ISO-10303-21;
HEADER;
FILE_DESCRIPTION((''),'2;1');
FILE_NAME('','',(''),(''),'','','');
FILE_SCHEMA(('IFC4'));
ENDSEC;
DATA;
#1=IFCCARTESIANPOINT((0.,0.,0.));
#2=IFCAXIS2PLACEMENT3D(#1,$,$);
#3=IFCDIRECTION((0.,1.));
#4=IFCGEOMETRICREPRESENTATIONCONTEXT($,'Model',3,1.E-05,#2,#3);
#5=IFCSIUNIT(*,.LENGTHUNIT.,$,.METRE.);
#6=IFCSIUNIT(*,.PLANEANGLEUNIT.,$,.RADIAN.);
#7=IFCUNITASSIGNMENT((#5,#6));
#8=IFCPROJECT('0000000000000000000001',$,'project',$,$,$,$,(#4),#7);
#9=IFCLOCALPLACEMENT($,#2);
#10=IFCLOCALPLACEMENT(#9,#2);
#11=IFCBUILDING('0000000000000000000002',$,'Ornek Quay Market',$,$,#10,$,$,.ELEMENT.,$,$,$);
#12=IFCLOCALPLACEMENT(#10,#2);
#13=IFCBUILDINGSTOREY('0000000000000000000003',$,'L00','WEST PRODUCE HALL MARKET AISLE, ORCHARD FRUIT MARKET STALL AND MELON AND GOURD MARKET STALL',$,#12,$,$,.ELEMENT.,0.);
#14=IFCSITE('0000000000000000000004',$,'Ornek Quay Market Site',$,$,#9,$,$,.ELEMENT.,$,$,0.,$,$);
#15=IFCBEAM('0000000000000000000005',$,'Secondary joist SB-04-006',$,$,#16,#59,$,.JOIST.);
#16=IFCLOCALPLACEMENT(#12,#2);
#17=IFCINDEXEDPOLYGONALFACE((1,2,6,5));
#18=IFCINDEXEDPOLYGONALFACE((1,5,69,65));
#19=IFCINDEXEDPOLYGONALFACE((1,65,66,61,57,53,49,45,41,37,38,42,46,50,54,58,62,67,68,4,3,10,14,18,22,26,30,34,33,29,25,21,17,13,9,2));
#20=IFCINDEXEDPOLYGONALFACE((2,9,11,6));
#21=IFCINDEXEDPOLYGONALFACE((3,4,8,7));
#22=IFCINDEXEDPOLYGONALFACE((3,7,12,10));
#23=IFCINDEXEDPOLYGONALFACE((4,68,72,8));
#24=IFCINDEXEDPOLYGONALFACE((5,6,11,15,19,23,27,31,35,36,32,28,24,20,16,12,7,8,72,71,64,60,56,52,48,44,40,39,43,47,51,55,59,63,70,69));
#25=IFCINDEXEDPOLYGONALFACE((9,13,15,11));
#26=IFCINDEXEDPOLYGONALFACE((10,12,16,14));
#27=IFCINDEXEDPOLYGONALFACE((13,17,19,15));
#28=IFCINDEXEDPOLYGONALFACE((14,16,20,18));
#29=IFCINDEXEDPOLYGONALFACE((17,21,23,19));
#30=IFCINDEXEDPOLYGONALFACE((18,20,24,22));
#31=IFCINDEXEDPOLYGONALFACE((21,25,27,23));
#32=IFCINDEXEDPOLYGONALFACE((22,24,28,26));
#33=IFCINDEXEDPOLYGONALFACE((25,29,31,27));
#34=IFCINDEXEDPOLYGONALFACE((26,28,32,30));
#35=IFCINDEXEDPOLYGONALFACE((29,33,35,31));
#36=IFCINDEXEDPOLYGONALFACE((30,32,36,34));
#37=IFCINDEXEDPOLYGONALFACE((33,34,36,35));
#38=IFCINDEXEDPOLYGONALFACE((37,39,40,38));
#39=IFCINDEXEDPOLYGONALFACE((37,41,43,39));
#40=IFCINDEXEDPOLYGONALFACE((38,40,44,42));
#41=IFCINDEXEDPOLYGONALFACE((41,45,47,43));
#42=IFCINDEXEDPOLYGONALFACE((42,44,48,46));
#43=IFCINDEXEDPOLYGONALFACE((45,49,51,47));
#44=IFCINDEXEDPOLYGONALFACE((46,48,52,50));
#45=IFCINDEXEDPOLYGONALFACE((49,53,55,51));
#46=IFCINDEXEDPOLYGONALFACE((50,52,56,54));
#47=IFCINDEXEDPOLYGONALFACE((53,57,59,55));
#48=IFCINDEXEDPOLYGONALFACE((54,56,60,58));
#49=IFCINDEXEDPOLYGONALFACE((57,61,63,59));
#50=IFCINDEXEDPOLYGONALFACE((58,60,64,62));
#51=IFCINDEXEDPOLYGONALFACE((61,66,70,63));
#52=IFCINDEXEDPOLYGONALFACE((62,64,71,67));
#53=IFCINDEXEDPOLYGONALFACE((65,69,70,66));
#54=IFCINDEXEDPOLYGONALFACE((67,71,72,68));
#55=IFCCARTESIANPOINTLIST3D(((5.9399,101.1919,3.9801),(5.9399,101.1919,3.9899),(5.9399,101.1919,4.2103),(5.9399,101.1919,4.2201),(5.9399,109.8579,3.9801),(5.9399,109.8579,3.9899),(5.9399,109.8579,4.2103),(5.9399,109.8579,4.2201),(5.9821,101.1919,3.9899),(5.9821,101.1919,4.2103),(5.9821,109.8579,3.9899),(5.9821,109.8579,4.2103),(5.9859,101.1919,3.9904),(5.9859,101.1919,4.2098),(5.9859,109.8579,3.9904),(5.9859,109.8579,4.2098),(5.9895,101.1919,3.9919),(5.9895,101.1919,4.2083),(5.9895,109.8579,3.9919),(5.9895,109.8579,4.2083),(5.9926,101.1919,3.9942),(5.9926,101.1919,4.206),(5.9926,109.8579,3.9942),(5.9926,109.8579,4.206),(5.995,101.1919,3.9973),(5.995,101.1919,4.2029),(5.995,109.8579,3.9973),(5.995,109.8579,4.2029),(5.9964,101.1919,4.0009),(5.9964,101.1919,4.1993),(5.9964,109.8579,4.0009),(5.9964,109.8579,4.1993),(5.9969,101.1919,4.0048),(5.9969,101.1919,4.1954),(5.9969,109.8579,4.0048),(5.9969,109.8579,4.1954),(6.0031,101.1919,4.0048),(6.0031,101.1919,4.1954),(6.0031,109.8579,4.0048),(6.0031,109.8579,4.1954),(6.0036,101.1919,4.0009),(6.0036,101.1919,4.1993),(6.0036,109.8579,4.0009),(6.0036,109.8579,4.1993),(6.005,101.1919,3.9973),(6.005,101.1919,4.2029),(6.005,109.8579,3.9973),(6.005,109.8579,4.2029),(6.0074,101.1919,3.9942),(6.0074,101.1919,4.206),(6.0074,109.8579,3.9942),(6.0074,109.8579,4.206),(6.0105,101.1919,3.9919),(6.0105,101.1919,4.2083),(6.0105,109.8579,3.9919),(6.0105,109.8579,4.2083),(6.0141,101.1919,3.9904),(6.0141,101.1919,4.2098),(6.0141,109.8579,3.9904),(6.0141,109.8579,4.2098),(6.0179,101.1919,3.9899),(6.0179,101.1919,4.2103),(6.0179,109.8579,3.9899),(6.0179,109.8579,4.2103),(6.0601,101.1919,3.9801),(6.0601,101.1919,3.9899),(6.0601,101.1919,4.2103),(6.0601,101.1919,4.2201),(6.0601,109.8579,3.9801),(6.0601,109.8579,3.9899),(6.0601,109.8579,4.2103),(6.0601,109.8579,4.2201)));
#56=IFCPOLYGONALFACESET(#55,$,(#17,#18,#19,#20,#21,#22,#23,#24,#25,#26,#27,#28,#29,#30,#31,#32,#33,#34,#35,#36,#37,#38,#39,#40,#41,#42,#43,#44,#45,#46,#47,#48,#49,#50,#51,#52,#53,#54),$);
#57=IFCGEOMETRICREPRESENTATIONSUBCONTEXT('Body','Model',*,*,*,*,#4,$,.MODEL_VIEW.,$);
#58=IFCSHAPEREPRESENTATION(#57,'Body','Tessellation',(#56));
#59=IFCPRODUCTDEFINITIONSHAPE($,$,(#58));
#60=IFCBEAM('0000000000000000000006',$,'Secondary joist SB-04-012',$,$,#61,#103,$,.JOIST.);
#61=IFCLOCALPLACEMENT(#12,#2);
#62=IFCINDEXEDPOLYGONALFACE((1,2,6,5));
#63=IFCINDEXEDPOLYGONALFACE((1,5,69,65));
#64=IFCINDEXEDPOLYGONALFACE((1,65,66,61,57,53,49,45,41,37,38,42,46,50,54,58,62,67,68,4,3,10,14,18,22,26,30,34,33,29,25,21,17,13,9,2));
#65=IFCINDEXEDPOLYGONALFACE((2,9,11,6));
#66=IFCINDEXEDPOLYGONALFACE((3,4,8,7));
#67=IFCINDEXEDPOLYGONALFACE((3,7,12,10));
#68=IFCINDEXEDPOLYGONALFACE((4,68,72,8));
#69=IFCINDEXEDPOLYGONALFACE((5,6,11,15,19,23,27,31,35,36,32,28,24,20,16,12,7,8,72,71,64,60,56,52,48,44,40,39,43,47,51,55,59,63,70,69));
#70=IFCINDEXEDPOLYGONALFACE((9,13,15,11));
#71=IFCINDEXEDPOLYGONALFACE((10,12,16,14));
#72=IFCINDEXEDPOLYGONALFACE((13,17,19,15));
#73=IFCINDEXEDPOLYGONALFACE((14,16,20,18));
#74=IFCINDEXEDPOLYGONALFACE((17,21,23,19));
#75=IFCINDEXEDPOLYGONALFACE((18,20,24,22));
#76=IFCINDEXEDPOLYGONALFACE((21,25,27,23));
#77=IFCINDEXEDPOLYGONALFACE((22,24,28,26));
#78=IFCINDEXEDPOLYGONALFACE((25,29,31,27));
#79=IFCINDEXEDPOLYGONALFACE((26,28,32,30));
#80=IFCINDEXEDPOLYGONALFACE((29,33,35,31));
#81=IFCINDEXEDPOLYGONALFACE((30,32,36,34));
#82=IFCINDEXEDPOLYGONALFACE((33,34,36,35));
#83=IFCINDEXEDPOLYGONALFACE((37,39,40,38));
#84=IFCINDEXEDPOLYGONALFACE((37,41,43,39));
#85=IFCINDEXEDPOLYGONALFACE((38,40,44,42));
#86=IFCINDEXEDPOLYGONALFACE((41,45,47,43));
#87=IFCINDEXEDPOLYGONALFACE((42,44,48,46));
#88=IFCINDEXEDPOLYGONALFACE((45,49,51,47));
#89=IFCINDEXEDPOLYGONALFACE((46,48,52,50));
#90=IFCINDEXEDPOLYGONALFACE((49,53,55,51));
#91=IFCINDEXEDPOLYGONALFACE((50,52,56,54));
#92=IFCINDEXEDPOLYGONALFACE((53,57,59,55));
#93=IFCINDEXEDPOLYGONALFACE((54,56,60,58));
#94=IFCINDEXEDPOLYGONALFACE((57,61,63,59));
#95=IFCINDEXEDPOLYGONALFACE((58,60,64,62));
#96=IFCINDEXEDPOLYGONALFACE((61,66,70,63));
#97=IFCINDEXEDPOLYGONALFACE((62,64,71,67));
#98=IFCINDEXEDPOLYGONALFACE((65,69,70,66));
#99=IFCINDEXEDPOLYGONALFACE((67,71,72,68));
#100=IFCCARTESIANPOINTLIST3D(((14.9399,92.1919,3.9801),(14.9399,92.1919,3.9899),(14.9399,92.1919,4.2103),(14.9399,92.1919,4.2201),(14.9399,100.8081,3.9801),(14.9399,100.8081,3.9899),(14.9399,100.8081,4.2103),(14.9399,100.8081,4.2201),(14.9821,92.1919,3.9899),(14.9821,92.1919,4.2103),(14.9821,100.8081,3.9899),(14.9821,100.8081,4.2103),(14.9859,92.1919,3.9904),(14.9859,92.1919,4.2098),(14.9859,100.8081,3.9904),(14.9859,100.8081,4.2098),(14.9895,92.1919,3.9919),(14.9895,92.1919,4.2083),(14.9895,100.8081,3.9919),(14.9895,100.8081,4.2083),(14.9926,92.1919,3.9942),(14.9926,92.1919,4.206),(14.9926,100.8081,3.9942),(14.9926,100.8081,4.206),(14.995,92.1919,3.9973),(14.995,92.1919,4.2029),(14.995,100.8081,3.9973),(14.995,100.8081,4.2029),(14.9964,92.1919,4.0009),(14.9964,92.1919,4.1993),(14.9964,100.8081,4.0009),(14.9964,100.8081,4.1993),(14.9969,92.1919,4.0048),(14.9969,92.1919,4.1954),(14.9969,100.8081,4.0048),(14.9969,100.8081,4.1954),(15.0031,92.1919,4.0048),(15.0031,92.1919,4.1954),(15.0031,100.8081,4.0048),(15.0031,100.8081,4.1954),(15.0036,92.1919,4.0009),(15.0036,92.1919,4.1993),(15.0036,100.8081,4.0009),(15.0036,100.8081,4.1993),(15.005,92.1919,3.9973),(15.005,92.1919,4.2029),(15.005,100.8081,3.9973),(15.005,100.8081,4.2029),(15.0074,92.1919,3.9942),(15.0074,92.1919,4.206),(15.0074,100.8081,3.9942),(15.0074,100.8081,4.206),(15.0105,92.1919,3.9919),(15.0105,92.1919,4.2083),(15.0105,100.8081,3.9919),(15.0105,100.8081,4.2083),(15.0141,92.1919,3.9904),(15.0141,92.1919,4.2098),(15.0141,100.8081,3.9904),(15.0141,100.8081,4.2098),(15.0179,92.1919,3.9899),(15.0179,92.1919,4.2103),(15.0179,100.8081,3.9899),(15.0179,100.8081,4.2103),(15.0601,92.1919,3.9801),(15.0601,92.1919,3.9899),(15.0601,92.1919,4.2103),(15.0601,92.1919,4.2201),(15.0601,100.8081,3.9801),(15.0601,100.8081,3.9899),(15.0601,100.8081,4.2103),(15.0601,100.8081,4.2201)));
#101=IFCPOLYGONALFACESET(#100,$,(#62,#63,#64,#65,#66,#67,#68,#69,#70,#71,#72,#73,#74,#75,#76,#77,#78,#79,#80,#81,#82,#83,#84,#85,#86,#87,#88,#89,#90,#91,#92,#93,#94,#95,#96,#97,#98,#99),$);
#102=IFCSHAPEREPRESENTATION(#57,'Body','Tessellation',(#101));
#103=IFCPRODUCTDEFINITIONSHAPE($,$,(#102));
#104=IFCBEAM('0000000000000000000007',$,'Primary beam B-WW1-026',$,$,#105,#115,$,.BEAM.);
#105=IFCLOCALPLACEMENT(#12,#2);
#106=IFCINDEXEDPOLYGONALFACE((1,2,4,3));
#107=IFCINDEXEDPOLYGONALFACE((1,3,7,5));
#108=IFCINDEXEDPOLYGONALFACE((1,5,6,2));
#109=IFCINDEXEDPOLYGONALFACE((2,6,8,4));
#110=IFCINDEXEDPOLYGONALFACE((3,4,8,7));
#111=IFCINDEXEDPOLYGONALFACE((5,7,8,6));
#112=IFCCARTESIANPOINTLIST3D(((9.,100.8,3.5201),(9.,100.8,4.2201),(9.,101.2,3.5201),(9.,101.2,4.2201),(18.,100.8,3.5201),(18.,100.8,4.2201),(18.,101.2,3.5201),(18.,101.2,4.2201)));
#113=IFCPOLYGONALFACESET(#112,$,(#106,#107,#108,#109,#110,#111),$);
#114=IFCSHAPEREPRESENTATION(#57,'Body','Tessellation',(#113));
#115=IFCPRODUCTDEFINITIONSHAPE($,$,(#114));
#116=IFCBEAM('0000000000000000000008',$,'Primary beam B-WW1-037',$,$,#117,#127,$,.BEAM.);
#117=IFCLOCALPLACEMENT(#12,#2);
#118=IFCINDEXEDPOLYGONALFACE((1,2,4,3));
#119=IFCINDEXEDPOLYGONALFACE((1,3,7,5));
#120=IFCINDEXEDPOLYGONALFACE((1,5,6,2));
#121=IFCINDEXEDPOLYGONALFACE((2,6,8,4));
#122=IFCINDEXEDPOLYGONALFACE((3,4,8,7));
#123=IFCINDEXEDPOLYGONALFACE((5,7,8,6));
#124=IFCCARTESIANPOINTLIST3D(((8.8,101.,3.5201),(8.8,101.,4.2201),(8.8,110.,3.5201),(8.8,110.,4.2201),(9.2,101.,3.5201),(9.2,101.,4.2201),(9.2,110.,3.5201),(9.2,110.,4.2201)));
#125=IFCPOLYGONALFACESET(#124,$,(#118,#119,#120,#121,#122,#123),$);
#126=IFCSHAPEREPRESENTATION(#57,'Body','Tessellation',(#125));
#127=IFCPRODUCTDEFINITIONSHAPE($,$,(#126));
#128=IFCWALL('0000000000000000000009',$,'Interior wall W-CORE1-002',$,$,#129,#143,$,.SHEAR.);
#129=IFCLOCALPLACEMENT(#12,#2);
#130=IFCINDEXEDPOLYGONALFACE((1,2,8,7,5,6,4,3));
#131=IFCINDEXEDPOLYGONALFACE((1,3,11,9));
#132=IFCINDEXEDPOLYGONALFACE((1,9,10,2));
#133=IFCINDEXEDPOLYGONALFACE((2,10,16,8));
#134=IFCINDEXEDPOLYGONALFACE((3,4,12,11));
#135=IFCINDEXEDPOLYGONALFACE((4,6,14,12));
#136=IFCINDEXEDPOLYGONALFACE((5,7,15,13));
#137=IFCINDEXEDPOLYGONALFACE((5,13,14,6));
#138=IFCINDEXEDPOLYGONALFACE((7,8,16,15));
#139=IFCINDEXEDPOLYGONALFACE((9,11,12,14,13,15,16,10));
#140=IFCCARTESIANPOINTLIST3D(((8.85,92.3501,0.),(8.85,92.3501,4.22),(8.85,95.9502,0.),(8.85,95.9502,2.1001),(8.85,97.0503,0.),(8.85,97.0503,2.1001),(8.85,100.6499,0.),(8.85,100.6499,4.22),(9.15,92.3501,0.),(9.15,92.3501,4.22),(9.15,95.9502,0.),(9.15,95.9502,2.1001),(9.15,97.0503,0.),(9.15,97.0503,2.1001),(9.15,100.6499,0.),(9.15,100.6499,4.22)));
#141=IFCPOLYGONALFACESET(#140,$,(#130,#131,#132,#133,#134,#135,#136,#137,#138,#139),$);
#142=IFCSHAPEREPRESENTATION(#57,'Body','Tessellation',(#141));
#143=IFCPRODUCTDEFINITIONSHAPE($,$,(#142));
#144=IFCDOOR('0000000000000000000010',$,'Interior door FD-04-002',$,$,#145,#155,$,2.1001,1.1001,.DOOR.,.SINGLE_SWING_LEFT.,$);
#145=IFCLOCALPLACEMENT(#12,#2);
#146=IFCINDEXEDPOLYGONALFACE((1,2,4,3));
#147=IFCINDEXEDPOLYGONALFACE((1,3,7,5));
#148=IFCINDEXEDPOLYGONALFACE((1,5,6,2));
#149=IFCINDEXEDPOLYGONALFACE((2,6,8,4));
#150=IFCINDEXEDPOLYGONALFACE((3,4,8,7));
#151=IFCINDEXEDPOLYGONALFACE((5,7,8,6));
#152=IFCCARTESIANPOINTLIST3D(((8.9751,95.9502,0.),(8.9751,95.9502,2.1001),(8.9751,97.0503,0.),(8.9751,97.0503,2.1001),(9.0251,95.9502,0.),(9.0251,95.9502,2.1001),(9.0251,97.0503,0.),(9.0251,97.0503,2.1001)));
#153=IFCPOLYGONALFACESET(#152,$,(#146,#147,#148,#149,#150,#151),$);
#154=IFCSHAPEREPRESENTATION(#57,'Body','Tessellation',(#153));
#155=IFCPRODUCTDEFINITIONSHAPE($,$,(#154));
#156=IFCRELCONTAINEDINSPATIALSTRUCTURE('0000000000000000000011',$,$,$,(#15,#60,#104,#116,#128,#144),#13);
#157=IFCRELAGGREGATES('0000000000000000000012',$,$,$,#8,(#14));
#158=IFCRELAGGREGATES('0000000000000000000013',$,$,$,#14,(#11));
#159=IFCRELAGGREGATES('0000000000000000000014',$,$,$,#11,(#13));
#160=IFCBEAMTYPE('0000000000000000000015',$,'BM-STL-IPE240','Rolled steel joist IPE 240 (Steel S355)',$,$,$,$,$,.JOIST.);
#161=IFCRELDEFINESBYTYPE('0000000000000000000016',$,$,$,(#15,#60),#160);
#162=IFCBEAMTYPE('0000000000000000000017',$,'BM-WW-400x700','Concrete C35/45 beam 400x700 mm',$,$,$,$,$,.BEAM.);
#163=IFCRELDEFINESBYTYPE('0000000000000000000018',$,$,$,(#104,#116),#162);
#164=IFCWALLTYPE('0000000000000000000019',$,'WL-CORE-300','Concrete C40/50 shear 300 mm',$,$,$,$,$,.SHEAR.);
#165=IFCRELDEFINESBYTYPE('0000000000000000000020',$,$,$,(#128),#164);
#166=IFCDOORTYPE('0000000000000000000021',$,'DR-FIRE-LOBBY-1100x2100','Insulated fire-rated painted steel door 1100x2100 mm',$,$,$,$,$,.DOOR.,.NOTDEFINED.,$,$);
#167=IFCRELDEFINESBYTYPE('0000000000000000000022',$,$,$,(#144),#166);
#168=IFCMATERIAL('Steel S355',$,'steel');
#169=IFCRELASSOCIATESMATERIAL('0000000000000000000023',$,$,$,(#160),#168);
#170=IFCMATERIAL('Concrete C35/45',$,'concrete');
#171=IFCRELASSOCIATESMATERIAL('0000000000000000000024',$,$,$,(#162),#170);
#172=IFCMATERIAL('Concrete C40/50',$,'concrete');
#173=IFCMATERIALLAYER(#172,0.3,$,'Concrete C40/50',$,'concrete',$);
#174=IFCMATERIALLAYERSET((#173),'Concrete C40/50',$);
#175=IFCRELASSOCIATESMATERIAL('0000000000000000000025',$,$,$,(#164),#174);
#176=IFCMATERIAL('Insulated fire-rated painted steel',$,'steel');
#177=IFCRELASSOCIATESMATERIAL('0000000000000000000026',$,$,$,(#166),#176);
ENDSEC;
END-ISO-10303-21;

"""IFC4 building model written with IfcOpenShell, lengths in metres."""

from ifc_helpers import new_model, si_unit, direction, frame, frame_2d, origin, origin_2d, place, context, subcontext, project, spatial, rectangle, i_section, extrude, material, layer, layer_set, material_profile, profile_set, type_object, element, fill, save


model = new_model("IFC4")

# Units and contexts
model_context = context("Model", 3, precision=1e-05, world=origin(), true_north=direction((0.0, 1.0)))
body_context = subcontext(model_context, "Body", "Model", "MODEL_VIEW")
ifc_project = project(units=[si_unit("LENGTHUNIT", "METRE"), si_unit("PLANEANGLEUNIT", "RADIAN")], contexts=[model_context])

# Site, building, storey
site_placement = place(None, origin())
site = spatial("IfcSite", under=ifc_project, at=site_placement, Name="Ornek Quay Market Site", CompositionType="ELEMENT", RefElevation=0.0)
building_placement = place(site_placement, origin())
building = spatial("IfcBuilding", under=site, at=building_placement, Name="Ornek Quay Market", CompositionType="ELEMENT")
storey_placement = place(building_placement, origin())
storey = spatial("IfcBuildingStorey", under=building, at=storey_placement, Name="L00", Description="WEST PRODUCE HALL MARKET AISLE, ORCHARD FRUIT MARKET STALL AND MELON AND GOURD MARKET STALL", CompositionType="ELEMENT", Elevation=0.0)

# Shared definitions
ifc_material_1 = material(Name="Concrete C35/45", Category="concrete")

# Shared definitions
ifc_material_2 = material(Name="Concrete C40/50", Category="concrete")

# Beams
ifc_material_3 = material(Name="Steel S355", Category="steel")
ifc_material_profile_1 = material_profile(ifc_material_3, i_section(OverallWidth=0.1201, OverallDepth=0.24, WebThickness=0.0061, FlangeThickness=0.0098, FilletRadius=0.0149, at=origin_2d()), Name="IPE 240", Category="steel")
ifc_profile_set_1 = profile_set([ifc_material_profile_1], Name="Steel S355")
beam_type_1 = type_object("IfcBeamType", Name="BM-STL-IPE240", Description="Rolled steel joist IPE 240 (Steel S355)", PredefinedType="JOIST", material=ifc_profile_set_1)
beam_1_placement = place(storey_placement, frame((6.0, 101.1919, 4.1001), z_axis=(0.0, 1.0, 0.0), x_axis=(-1.0, 0.0, 0.0)))
element("IfcBeam", 1, at=beam_1_placement, inside=storey, type_object=beam_type_1, Name="Secondary joist SB-04-006", PredefinedType="JOIST", context=body_context, shape_type="SweptSolid", body=[
    extrude(i_section(OverallWidth=0.1201, OverallDepth=0.24, WebThickness=0.0061, FlangeThickness=0.0098, FilletRadius=0.0149, at=origin_2d()), origin(), (0.0, 0.0, 1.0), 8.666),
])
beam_2_placement = place(storey_placement, frame((15.0, 92.1919, 4.1001), z_axis=(0.0, 1.0, 0.0), x_axis=(-1.0, 0.0, 0.0)))
element("IfcBeam", 2, at=beam_2_placement, inside=storey, type_object=beam_type_1, Name="Secondary joist SB-04-012", PredefinedType="JOIST", context=body_context, shape_type="SweptSolid", body=[
    extrude(i_section(OverallWidth=0.1201, OverallDepth=0.24, WebThickness=0.0061, FlangeThickness=0.0098, FilletRadius=0.0149, at=origin_2d()), origin(), (0.0, 0.0, 1.0), 8.6162),
])
ifc_material_profile_2 = material_profile(ifc_material_1, rectangle(XDim=0.3999, YDim=0.7, at=origin_2d()), Name="RC 400x700", Category="concrete")
ifc_profile_set_2 = profile_set([ifc_material_profile_2], Name="Concrete C35/45")
beam_type_2 = type_object("IfcBeamType", Name="BM-WW-400x700", Description="Concrete C35/45 beam 400x700 mm", PredefinedType="BEAM", material=ifc_profile_set_2)
for number, where, z_axis, x_axis, name in (
    (3, (9.0, 101.0, 3.8701), (1.0, 0.0, 0.0), (0.0, 1.0, 0.0), "Primary beam B-WW1-026"),
    (4, (9.0, 101.0, 3.8701), (0.0, 1.0, 0.0), (-1.0, 0.0, 0.0), "Primary beam B-WW1-037"),
):
    element("IfcBeam", number, at=place(storey_placement, frame(where, z_axis=z_axis, x_axis=x_axis)), inside=storey, type_object=beam_type_2, Name=name, PredefinedType="BEAM", context=body_context, shape_type="SweptSolid", body=[
        extrude(rectangle(XDim=0.3999, YDim=0.7, at=origin_2d()), origin(), (0.0, 0.0, 1.0), 9.0),
    ])

# Wall, opening, door
ifc_layer_1 = layer(ifc_material_2, 0.3, Name="Concrete C40/50", Category="concrete")
ifc_layer_set_1 = layer_set([ifc_layer_1], Name="Concrete C40/50")
wall_type_1 = type_object("IfcWallType", Name="WL-CORE-300", Description="Concrete C40/50 shear 300 mm", PredefinedType="SHEAR", material=ifc_layer_set_1)
wall_1_placement = place(storey_placement, frame((9.0, 92.3501, 0.0), z_axis=(0.0, 0.0, 1.0), x_axis=(0.0, 1.0, 0.0)))
wall_1 = element("IfcWall", 5, at=wall_1_placement, inside=storey, type_object=wall_type_1, Name="Interior wall W-CORE1-002", PredefinedType="SHEAR", context=body_context, shape_type="SweptSolid", body=[
    extrude(rectangle(XDim=8.2998, YDim=0.3, at=frame_2d((4.1499, 0.0))), origin(), (0.0, 0.0, 1.0), 4.22),
])
opening_1_placement = place(wall_1_placement, frame((3.6001, 0.0, 0.0)))
opening_1 = element("IfcOpeningElement", 6, at=opening_1_placement, cuts=wall_1, PredefinedType="OPENING", context=body_context, shape_type="SweptSolid", body=[
    extrude(rectangle(XDim=1.1001, YDim=2.1001, at=frame_2d((0.55, 1.05))), frame((0.0, 0.1599, 0.0), z_axis=(0.0, -1.0, 0.0), x_axis=(1.0, 0.0, 0.0)), (0.0, 0.0, 1.0), 0.3201),
])
ifc_material_4 = material(Name="Insulated fire-rated painted steel", Category="steel")
door_type_1 = type_object("IfcDoorType", Name="DR-FIRE-LOBBY-1100x2100", Description="Insulated fire-rated painted steel door 1100x2100 mm", OperationType="NOTDEFINED", PredefinedType="DOOR", material=ifc_material_4)
door_1_placement = place(opening_1_placement, origin())
door_1 = element("IfcDoor", 7, at=door_1_placement, inside=storey, type_object=door_type_1, Name="Interior door FD-04-002", OperationType="SINGLE_SWING_LEFT", OverallHeight=2.1001, OverallWidth=1.1001, PredefinedType="DOOR", context=body_context, shape_type="SweptSolid", body=[
    extrude(rectangle(XDim=1.1001, YDim=2.1001, at=frame_2d((0.55, 1.05))), frame((0.0, 0.0249, 0.0), z_axis=(0.0, -1.0, 0.0), x_axis=(1.0, 0.0, 0.0)), (0.0, 0.0, 1.0), 0.05),
])
fill(opening_1, door_1)

save(model, "model.ifc")
